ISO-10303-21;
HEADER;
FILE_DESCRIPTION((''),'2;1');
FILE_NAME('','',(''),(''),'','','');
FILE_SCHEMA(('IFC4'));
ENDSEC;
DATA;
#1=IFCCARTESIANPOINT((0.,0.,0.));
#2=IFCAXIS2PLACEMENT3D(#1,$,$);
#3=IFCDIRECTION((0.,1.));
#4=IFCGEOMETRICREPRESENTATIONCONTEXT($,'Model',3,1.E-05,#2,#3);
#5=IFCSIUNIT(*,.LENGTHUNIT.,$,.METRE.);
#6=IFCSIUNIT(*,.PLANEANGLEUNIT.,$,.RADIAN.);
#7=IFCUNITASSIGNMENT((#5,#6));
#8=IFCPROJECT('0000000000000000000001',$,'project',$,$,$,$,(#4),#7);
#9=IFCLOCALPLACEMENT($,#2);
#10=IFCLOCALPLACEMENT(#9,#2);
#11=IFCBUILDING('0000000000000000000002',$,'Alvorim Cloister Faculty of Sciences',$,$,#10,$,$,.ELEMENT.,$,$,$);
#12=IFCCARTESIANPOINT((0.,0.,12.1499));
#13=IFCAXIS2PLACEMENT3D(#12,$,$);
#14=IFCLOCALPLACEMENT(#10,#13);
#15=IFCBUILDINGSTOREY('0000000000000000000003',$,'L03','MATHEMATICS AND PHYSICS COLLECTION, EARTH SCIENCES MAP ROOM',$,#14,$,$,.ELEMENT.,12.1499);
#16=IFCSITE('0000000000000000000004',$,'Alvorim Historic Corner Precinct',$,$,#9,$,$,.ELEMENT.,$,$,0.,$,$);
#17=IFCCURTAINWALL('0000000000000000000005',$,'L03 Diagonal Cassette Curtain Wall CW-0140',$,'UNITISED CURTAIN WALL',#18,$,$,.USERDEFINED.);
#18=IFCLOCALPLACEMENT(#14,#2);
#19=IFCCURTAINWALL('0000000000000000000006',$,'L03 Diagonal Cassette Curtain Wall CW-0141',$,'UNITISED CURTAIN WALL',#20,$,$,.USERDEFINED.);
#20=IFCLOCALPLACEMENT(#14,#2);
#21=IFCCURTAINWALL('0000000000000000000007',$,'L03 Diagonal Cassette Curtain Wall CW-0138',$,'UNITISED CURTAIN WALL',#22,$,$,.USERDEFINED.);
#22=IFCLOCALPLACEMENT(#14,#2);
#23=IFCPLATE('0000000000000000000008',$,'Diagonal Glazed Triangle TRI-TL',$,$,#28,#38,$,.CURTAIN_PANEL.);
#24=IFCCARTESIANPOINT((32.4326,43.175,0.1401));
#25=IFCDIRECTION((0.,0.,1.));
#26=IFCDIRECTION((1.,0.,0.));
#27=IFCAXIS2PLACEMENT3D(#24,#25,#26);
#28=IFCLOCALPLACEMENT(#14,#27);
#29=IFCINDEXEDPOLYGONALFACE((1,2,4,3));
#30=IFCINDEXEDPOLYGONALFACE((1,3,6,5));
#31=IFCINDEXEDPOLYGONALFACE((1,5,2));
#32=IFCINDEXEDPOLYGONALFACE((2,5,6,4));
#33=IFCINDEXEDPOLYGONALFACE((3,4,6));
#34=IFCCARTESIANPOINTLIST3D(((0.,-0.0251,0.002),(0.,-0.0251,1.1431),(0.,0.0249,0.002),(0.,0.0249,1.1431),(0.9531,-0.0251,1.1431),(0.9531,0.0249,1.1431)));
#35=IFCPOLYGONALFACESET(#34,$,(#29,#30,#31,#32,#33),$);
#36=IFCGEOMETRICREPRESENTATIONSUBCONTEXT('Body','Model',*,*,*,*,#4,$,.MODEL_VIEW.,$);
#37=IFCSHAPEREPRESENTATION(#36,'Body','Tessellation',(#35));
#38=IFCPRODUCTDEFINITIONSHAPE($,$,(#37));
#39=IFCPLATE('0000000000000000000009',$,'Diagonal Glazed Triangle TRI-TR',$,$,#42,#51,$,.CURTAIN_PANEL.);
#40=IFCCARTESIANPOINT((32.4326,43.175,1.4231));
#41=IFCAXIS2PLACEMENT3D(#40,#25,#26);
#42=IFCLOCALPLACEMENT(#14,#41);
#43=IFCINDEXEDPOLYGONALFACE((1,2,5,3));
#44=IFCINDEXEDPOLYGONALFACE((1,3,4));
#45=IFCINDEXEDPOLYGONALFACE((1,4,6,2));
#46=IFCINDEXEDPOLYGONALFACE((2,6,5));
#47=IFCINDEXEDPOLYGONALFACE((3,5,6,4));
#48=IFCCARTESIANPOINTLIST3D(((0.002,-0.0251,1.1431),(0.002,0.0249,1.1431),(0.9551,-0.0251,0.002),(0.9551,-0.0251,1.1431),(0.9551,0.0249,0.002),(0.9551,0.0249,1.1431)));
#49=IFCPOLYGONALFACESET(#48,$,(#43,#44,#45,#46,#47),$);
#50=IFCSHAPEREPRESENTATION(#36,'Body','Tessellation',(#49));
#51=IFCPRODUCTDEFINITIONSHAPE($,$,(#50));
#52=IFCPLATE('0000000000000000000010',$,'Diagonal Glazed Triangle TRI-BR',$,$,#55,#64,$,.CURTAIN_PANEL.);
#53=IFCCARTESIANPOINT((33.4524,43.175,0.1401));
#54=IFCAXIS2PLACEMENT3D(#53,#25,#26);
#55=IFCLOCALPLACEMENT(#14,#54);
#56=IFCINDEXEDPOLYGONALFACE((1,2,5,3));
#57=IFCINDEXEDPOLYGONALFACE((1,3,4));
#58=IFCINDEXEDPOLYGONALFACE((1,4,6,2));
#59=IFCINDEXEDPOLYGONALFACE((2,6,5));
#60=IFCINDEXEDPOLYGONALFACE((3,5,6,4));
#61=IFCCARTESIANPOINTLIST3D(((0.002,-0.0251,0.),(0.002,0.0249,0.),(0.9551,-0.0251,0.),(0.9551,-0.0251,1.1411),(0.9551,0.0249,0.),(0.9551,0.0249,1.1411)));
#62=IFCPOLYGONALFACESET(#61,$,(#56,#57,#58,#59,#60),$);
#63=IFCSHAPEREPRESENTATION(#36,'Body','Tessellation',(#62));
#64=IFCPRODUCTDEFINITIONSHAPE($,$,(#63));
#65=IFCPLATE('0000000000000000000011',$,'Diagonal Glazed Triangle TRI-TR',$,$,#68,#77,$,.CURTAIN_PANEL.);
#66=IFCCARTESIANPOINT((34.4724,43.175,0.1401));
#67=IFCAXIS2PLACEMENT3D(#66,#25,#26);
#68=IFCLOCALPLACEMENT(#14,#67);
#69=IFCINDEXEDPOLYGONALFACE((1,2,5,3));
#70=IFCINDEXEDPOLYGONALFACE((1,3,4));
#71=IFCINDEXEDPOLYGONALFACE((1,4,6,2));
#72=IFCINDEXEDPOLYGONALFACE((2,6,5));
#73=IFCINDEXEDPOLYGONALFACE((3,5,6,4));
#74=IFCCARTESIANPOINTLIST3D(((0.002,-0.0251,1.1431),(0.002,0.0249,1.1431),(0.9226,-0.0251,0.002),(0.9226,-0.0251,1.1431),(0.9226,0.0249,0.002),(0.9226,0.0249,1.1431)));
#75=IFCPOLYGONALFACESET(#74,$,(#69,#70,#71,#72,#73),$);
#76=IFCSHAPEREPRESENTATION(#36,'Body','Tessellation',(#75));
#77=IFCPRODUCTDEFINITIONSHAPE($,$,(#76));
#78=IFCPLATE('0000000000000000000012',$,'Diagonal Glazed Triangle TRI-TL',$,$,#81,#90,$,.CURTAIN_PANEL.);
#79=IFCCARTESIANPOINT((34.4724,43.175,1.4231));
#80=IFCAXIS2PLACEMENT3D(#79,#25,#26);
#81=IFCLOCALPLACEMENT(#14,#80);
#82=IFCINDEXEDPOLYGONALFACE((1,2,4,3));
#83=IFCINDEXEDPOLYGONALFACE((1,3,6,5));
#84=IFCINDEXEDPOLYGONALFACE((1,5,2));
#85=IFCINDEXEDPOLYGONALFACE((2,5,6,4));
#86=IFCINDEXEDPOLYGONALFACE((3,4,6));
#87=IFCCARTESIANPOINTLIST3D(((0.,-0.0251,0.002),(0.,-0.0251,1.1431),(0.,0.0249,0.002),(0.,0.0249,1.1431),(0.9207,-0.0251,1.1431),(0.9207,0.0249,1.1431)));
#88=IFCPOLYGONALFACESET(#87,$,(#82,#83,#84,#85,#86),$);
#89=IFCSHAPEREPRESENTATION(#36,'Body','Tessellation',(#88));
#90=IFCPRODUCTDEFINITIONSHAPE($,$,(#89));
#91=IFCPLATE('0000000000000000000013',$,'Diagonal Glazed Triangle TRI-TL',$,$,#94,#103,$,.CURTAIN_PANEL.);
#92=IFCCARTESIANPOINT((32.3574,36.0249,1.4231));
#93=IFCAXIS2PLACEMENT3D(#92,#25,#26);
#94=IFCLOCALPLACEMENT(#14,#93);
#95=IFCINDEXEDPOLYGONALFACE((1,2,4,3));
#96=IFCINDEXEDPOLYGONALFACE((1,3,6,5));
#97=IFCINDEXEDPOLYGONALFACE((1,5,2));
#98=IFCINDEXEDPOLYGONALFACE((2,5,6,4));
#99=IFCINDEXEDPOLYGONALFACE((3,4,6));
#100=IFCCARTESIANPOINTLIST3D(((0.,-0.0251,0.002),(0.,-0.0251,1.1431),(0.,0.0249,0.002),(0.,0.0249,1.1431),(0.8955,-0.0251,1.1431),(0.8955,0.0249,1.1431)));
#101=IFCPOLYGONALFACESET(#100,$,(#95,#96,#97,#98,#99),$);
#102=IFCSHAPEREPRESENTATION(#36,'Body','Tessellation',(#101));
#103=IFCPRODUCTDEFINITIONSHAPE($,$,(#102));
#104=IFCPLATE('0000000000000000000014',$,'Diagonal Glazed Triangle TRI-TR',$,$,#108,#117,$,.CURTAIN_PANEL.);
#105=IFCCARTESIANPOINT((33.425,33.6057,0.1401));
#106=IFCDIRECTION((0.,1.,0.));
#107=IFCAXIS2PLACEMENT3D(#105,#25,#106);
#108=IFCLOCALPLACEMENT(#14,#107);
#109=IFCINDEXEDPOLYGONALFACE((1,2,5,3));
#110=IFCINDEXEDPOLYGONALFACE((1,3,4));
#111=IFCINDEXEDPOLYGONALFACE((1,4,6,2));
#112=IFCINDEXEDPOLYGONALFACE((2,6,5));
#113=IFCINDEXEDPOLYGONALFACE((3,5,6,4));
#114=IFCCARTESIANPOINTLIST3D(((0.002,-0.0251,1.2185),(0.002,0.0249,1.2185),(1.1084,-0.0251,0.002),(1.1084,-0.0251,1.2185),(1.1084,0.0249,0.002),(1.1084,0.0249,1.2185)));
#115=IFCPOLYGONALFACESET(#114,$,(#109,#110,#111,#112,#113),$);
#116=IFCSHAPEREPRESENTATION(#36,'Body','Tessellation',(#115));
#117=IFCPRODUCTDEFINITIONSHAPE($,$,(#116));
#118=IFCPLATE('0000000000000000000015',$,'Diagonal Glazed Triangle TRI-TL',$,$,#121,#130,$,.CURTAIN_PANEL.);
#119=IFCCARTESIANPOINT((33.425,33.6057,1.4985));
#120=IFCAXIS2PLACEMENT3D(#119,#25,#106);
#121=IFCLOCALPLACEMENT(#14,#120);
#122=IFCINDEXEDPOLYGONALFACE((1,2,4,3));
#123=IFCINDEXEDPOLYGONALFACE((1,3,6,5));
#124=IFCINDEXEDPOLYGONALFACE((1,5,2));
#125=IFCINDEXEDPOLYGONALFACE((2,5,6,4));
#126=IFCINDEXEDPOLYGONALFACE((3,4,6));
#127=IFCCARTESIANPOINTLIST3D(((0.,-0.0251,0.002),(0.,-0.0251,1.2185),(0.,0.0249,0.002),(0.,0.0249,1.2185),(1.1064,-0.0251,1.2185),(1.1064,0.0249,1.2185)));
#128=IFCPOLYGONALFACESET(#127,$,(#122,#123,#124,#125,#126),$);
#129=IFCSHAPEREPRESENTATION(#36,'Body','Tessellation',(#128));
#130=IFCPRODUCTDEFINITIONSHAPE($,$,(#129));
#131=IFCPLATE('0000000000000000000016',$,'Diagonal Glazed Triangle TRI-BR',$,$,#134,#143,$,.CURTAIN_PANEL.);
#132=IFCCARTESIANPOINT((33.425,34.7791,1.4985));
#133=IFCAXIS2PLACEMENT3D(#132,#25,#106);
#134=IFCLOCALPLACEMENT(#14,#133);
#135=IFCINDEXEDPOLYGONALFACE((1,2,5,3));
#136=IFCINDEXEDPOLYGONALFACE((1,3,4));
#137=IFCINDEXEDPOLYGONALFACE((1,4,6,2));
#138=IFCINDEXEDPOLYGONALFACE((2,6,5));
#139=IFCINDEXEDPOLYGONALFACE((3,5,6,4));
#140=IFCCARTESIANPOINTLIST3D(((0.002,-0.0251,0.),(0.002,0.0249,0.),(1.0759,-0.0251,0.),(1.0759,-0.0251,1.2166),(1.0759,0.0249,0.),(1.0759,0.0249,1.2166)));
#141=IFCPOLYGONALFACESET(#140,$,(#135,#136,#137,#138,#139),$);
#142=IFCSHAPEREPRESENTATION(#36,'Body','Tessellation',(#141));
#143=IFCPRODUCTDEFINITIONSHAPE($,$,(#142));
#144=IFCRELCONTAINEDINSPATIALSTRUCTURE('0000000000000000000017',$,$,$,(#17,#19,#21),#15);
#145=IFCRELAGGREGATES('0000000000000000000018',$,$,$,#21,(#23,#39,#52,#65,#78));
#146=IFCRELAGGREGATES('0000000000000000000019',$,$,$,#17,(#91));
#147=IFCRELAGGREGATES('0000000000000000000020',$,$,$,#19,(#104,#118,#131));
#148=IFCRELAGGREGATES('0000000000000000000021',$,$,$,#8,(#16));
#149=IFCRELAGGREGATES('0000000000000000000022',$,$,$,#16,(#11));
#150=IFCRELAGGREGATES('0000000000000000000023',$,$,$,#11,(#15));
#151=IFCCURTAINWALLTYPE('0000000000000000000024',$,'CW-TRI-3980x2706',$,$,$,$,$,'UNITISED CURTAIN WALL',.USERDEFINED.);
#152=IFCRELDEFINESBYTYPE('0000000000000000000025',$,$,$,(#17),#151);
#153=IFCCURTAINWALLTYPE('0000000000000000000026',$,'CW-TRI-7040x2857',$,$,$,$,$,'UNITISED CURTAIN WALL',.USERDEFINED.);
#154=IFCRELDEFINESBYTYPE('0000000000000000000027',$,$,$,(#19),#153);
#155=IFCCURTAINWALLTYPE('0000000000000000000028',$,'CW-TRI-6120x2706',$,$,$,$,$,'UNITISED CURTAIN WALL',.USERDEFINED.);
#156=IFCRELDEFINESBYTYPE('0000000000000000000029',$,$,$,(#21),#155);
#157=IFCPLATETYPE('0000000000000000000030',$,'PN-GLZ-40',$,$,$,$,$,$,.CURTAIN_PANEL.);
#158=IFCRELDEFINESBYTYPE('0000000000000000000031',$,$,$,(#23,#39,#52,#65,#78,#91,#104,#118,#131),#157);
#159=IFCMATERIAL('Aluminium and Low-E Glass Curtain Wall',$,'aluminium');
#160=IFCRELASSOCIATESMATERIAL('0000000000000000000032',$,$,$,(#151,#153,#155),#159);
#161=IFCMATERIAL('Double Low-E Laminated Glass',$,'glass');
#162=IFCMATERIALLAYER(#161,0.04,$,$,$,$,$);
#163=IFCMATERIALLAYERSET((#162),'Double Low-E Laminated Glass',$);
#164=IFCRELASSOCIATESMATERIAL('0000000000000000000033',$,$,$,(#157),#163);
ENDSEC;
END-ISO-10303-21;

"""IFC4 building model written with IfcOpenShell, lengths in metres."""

from ifc_helpers import new_model, si_unit, direction, frame, origin, place, context, subcontext, project, spatial, polyline, outline, extrude, material, layer, layer_set, type_object, element, aggregate, save


model = new_model("IFC4")

# Units and contexts
model_context = context("Model", 3, precision=1e-05, world=origin(), true_north=direction((0.0, 1.0)))
body_context = subcontext(model_context, "Body", "Model", "MODEL_VIEW")
ifc_project = project(units=[si_unit("LENGTHUNIT", "METRE"), si_unit("PLANEANGLEUNIT", "RADIAN")], contexts=[model_context])

# Site, building, storey
site_placement = place(None, origin())
site = spatial("IfcSite", under=ifc_project, at=site_placement, Name="Alvorim Historic Corner Precinct", CompositionType="ELEMENT", RefElevation=0.0)
building_placement = place(site_placement, origin())
building = spatial("IfcBuilding", under=site, at=building_placement, Name="Alvorim Cloister Faculty of Sciences", CompositionType="ELEMENT")
storey_placement = place(building_placement, frame((0.0, 0.0, 12.1499)))
storey = spatial("IfcBuildingStorey", under=building, at=storey_placement, Name="L03", Description="MATHEMATICS AND PHYSICS COLLECTION, EARTH SCIENCES MAP ROOM", CompositionType="ELEMENT", Elevation=12.1499)

# Curtain wall
ifc_material_1 = material(Name="Aluminium and Low-E Glass Curtain Wall", Category="aluminium")
curtain_wall_type_1 = type_object("IfcCurtainWallType", Name="CW-TRI-3980x2706", ElementType="UNITISED CURTAIN WALL", PredefinedType="USERDEFINED", material=ifc_material_1)
curtain_wall_1_placement = place(storey_placement, origin())
curtain_wall_1 = element("IfcCurtainWall", 1, at=curtain_wall_1_placement, inside=storey, type_object=curtain_wall_type_1, Name="L03 Diagonal Cassette Curtain Wall CW-0140", ObjectType="UNITISED CURTAIN WALL", PredefinedType="USERDEFINED")

# Curtain wall
curtain_wall_type_2 = type_object("IfcCurtainWallType", Name="CW-TRI-7040x2857", ElementType="UNITISED CURTAIN WALL", PredefinedType="USERDEFINED", material=ifc_material_1)
curtain_wall_2_placement = place(storey_placement, origin())
curtain_wall_2 = element("IfcCurtainWall", 2, at=curtain_wall_2_placement, inside=storey, type_object=curtain_wall_type_2, Name="L03 Diagonal Cassette Curtain Wall CW-0141", ObjectType="UNITISED CURTAIN WALL", PredefinedType="USERDEFINED")

# Curtain wall, plates
curtain_wall_type_3 = type_object("IfcCurtainWallType", Name="CW-TRI-6120x2706", ElementType="UNITISED CURTAIN WALL", PredefinedType="USERDEFINED", material=ifc_material_1)
curtain_wall_3_placement = place(storey_placement, origin())
curtain_wall_3 = element("IfcCurtainWall", 3, at=curtain_wall_3_placement, inside=storey, type_object=curtain_wall_type_3, Name="L03 Diagonal Cassette Curtain Wall CW-0138", ObjectType="UNITISED CURTAIN WALL", PredefinedType="USERDEFINED")
ifc_material_2 = material(Name="Double Low-E Laminated Glass", Category="glass")
ifc_layer_1 = layer(ifc_material_2, 0.04)
ifc_layer_set_1 = layer_set([ifc_layer_1], Name="Double Low-E Laminated Glass")
plate_type_1 = type_object("IfcPlateType", Name="PN-GLZ-40", PredefinedType="CURTAIN_PANEL", material=ifc_layer_set_1)
plate_1_placement = place(storey_placement, frame((32.4326, 43.175, 0.1401), z_axis=(0.0, 0.0, 1.0), x_axis=(1.0, 0.0, 0.0)))
plate_1 = element("IfcPlate", 4, at=plate_1_placement, type_object=plate_type_1, Name="Diagonal Glazed Triangle TRI-TL", PredefinedType="CURTAIN_PANEL", context=body_context, shape_type="SweptSolid", body=[
    extrude(outline(polyline([(0.9531, 1.1431), (0.0, 1.1431), (0.0, 0.002), (0.9531, 1.1431)])), frame((0.0, 0.0249, 0.0), z_axis=(0.0, -1.0, 0.0), x_axis=(1.0, 0.0, 0.0)), (0.0, 0.0, 1.0), 0.05),
])
plate_2_placement = place(storey_placement, frame((32.4326, 43.175, 1.4231), z_axis=(0.0, 0.0, 1.0), x_axis=(1.0, 0.0, 0.0)))
plate_2 = element("IfcPlate", 5, at=plate_2_placement, type_object=plate_type_1, Name="Diagonal Glazed Triangle TRI-TR", PredefinedType="CURTAIN_PANEL", context=body_context, shape_type="SweptSolid", body=[
    extrude(outline(polyline([(0.9551, 0.002), (0.9551, 1.1431), (0.002, 1.1431), (0.9551, 0.002)])), frame((0.0, 0.0249, 0.0), z_axis=(0.0, -1.0, 0.0), x_axis=(1.0, 0.0, 0.0)), (0.0, 0.0, 1.0), 0.05),
])
plate_3_placement = place(storey_placement, frame((33.4524, 43.175, 0.1401), z_axis=(0.0, 0.0, 1.0), x_axis=(1.0, 0.0, 0.0)))
plate_3 = element("IfcPlate", 6, at=plate_3_placement, type_object=plate_type_1, Name="Diagonal Glazed Triangle TRI-BR", PredefinedType="CURTAIN_PANEL", context=body_context, shape_type="SweptSolid", body=[
    extrude(outline(polyline([(0.002, 0.0), (0.9551, 0.0), (0.9551, 1.1411), (0.002, 0.0)])), frame((0.0, 0.0249, 0.0), z_axis=(0.0, -1.0, 0.0), x_axis=(1.0, 0.0, 0.0)), (0.0, 0.0, 1.0), 0.05),
])
plate_4_placement = place(storey_placement, frame((34.4724, 43.175, 0.1401), z_axis=(0.0, 0.0, 1.0), x_axis=(1.0, 0.0, 0.0)))
plate_4 = element("IfcPlate", 7, at=plate_4_placement, type_object=plate_type_1, Name="Diagonal Glazed Triangle TRI-TR", PredefinedType="CURTAIN_PANEL", context=body_context, shape_type="SweptSolid", body=[
    extrude(outline(polyline([(0.9226, 0.002), (0.9226, 1.1431), (0.002, 1.1431), (0.9226, 0.002)])), frame((0.0, 0.0249, 0.0), z_axis=(0.0, -1.0, 0.0), x_axis=(1.0, 0.0, 0.0)), (0.0, 0.0, 1.0), 0.05),
])
plate_5_placement = place(storey_placement, frame((34.4724, 43.175, 1.4231), z_axis=(0.0, 0.0, 1.0), x_axis=(1.0, 0.0, 0.0)))
plate_5 = element("IfcPlate", 8, at=plate_5_placement, type_object=plate_type_1, Name="Diagonal Glazed Triangle TRI-TL", PredefinedType="CURTAIN_PANEL", context=body_context, shape_type="SweptSolid", body=[
    extrude(outline(polyline([(0.9207, 1.1431), (0.0, 1.1431), (0.0, 0.002), (0.9207, 1.1431)])), frame((0.0, 0.0249, 0.0), z_axis=(0.0, -1.0, 0.0), x_axis=(1.0, 0.0, 0.0)), (0.0, 0.0, 1.0), 0.05),
])
aggregate(curtain_wall_3, [plate_1, plate_2, plate_3, plate_4, plate_5])

# Plates
plate_6_placement = place(storey_placement, frame((32.3574, 36.0249, 1.4231), z_axis=(0.0, 0.0, 1.0), x_axis=(1.0, 0.0, 0.0)))
plate_6 = element("IfcPlate", 9, at=plate_6_placement, type_object=plate_type_1, Name="Diagonal Glazed Triangle TRI-TL", PredefinedType="CURTAIN_PANEL", context=body_context, shape_type="SweptSolid", body=[
    extrude(outline(polyline([(0.8955, 1.1431), (0.0, 1.1431), (0.0, 0.002), (0.8955, 1.1431)])), frame((0.0, 0.0249, 0.0), z_axis=(0.0, -1.0, 0.0), x_axis=(1.0, 0.0, 0.0)), (0.0, 0.0, 1.0), 0.05),
])
aggregate(curtain_wall_1, [plate_6])
plate_7_placement = place(storey_placement, frame((33.425, 33.6057, 0.1401), z_axis=(0.0, 0.0, 1.0), x_axis=(0.0, 1.0, 0.0)))
plate_7 = element("IfcPlate", 10, at=plate_7_placement, type_object=plate_type_1, Name="Diagonal Glazed Triangle TRI-TR", PredefinedType="CURTAIN_PANEL", context=body_context, shape_type="SweptSolid", body=[
    extrude(outline(polyline([(1.1084, 0.002), (1.1084, 1.2185), (0.002, 1.2185), (1.1084, 0.002)])), frame((0.0, 0.0249, 0.0), z_axis=(0.0, -1.0, 0.0), x_axis=(1.0, 0.0, 0.0)), (0.0, 0.0, 1.0), 0.05),
])
plate_8_placement = place(storey_placement, frame((33.425, 33.6057, 1.4985), z_axis=(0.0, 0.0, 1.0), x_axis=(0.0, 1.0, 0.0)))
plate_8 = element("IfcPlate", 11, at=plate_8_placement, type_object=plate_type_1, Name="Diagonal Glazed Triangle TRI-TL", PredefinedType="CURTAIN_PANEL", context=body_context, shape_type="SweptSolid", body=[
    extrude(outline(polyline([(1.1064, 1.2185), (0.0, 1.2185), (0.0, 0.002), (1.1064, 1.2185)])), frame((0.0, 0.0249, 0.0), z_axis=(0.0, -1.0, 0.0), x_axis=(1.0, 0.0, 0.0)), (0.0, 0.0, 1.0), 0.05),
])
plate_9_placement = place(storey_placement, frame((33.425, 34.7791, 1.4985), z_axis=(0.0, 0.0, 1.0), x_axis=(0.0, 1.0, 0.0)))
plate_9 = element("IfcPlate", 12, at=plate_9_placement, type_object=plate_type_1, Name="Diagonal Glazed Triangle TRI-BR", PredefinedType="CURTAIN_PANEL", context=body_context, shape_type="SweptSolid", body=[
    extrude(outline(polyline([(0.002, 0.0), (1.0759, 0.0), (1.0759, 1.2166), (0.002, 0.0)])), frame((0.0, 0.0249, 0.0), z_axis=(0.0, -1.0, 0.0), x_axis=(1.0, 0.0, 0.0)), (0.0, 0.0, 1.0), 0.05),
])
aggregate(curtain_wall_2, [plate_7, plate_8, plate_9])

save(model, "model.ifc")
